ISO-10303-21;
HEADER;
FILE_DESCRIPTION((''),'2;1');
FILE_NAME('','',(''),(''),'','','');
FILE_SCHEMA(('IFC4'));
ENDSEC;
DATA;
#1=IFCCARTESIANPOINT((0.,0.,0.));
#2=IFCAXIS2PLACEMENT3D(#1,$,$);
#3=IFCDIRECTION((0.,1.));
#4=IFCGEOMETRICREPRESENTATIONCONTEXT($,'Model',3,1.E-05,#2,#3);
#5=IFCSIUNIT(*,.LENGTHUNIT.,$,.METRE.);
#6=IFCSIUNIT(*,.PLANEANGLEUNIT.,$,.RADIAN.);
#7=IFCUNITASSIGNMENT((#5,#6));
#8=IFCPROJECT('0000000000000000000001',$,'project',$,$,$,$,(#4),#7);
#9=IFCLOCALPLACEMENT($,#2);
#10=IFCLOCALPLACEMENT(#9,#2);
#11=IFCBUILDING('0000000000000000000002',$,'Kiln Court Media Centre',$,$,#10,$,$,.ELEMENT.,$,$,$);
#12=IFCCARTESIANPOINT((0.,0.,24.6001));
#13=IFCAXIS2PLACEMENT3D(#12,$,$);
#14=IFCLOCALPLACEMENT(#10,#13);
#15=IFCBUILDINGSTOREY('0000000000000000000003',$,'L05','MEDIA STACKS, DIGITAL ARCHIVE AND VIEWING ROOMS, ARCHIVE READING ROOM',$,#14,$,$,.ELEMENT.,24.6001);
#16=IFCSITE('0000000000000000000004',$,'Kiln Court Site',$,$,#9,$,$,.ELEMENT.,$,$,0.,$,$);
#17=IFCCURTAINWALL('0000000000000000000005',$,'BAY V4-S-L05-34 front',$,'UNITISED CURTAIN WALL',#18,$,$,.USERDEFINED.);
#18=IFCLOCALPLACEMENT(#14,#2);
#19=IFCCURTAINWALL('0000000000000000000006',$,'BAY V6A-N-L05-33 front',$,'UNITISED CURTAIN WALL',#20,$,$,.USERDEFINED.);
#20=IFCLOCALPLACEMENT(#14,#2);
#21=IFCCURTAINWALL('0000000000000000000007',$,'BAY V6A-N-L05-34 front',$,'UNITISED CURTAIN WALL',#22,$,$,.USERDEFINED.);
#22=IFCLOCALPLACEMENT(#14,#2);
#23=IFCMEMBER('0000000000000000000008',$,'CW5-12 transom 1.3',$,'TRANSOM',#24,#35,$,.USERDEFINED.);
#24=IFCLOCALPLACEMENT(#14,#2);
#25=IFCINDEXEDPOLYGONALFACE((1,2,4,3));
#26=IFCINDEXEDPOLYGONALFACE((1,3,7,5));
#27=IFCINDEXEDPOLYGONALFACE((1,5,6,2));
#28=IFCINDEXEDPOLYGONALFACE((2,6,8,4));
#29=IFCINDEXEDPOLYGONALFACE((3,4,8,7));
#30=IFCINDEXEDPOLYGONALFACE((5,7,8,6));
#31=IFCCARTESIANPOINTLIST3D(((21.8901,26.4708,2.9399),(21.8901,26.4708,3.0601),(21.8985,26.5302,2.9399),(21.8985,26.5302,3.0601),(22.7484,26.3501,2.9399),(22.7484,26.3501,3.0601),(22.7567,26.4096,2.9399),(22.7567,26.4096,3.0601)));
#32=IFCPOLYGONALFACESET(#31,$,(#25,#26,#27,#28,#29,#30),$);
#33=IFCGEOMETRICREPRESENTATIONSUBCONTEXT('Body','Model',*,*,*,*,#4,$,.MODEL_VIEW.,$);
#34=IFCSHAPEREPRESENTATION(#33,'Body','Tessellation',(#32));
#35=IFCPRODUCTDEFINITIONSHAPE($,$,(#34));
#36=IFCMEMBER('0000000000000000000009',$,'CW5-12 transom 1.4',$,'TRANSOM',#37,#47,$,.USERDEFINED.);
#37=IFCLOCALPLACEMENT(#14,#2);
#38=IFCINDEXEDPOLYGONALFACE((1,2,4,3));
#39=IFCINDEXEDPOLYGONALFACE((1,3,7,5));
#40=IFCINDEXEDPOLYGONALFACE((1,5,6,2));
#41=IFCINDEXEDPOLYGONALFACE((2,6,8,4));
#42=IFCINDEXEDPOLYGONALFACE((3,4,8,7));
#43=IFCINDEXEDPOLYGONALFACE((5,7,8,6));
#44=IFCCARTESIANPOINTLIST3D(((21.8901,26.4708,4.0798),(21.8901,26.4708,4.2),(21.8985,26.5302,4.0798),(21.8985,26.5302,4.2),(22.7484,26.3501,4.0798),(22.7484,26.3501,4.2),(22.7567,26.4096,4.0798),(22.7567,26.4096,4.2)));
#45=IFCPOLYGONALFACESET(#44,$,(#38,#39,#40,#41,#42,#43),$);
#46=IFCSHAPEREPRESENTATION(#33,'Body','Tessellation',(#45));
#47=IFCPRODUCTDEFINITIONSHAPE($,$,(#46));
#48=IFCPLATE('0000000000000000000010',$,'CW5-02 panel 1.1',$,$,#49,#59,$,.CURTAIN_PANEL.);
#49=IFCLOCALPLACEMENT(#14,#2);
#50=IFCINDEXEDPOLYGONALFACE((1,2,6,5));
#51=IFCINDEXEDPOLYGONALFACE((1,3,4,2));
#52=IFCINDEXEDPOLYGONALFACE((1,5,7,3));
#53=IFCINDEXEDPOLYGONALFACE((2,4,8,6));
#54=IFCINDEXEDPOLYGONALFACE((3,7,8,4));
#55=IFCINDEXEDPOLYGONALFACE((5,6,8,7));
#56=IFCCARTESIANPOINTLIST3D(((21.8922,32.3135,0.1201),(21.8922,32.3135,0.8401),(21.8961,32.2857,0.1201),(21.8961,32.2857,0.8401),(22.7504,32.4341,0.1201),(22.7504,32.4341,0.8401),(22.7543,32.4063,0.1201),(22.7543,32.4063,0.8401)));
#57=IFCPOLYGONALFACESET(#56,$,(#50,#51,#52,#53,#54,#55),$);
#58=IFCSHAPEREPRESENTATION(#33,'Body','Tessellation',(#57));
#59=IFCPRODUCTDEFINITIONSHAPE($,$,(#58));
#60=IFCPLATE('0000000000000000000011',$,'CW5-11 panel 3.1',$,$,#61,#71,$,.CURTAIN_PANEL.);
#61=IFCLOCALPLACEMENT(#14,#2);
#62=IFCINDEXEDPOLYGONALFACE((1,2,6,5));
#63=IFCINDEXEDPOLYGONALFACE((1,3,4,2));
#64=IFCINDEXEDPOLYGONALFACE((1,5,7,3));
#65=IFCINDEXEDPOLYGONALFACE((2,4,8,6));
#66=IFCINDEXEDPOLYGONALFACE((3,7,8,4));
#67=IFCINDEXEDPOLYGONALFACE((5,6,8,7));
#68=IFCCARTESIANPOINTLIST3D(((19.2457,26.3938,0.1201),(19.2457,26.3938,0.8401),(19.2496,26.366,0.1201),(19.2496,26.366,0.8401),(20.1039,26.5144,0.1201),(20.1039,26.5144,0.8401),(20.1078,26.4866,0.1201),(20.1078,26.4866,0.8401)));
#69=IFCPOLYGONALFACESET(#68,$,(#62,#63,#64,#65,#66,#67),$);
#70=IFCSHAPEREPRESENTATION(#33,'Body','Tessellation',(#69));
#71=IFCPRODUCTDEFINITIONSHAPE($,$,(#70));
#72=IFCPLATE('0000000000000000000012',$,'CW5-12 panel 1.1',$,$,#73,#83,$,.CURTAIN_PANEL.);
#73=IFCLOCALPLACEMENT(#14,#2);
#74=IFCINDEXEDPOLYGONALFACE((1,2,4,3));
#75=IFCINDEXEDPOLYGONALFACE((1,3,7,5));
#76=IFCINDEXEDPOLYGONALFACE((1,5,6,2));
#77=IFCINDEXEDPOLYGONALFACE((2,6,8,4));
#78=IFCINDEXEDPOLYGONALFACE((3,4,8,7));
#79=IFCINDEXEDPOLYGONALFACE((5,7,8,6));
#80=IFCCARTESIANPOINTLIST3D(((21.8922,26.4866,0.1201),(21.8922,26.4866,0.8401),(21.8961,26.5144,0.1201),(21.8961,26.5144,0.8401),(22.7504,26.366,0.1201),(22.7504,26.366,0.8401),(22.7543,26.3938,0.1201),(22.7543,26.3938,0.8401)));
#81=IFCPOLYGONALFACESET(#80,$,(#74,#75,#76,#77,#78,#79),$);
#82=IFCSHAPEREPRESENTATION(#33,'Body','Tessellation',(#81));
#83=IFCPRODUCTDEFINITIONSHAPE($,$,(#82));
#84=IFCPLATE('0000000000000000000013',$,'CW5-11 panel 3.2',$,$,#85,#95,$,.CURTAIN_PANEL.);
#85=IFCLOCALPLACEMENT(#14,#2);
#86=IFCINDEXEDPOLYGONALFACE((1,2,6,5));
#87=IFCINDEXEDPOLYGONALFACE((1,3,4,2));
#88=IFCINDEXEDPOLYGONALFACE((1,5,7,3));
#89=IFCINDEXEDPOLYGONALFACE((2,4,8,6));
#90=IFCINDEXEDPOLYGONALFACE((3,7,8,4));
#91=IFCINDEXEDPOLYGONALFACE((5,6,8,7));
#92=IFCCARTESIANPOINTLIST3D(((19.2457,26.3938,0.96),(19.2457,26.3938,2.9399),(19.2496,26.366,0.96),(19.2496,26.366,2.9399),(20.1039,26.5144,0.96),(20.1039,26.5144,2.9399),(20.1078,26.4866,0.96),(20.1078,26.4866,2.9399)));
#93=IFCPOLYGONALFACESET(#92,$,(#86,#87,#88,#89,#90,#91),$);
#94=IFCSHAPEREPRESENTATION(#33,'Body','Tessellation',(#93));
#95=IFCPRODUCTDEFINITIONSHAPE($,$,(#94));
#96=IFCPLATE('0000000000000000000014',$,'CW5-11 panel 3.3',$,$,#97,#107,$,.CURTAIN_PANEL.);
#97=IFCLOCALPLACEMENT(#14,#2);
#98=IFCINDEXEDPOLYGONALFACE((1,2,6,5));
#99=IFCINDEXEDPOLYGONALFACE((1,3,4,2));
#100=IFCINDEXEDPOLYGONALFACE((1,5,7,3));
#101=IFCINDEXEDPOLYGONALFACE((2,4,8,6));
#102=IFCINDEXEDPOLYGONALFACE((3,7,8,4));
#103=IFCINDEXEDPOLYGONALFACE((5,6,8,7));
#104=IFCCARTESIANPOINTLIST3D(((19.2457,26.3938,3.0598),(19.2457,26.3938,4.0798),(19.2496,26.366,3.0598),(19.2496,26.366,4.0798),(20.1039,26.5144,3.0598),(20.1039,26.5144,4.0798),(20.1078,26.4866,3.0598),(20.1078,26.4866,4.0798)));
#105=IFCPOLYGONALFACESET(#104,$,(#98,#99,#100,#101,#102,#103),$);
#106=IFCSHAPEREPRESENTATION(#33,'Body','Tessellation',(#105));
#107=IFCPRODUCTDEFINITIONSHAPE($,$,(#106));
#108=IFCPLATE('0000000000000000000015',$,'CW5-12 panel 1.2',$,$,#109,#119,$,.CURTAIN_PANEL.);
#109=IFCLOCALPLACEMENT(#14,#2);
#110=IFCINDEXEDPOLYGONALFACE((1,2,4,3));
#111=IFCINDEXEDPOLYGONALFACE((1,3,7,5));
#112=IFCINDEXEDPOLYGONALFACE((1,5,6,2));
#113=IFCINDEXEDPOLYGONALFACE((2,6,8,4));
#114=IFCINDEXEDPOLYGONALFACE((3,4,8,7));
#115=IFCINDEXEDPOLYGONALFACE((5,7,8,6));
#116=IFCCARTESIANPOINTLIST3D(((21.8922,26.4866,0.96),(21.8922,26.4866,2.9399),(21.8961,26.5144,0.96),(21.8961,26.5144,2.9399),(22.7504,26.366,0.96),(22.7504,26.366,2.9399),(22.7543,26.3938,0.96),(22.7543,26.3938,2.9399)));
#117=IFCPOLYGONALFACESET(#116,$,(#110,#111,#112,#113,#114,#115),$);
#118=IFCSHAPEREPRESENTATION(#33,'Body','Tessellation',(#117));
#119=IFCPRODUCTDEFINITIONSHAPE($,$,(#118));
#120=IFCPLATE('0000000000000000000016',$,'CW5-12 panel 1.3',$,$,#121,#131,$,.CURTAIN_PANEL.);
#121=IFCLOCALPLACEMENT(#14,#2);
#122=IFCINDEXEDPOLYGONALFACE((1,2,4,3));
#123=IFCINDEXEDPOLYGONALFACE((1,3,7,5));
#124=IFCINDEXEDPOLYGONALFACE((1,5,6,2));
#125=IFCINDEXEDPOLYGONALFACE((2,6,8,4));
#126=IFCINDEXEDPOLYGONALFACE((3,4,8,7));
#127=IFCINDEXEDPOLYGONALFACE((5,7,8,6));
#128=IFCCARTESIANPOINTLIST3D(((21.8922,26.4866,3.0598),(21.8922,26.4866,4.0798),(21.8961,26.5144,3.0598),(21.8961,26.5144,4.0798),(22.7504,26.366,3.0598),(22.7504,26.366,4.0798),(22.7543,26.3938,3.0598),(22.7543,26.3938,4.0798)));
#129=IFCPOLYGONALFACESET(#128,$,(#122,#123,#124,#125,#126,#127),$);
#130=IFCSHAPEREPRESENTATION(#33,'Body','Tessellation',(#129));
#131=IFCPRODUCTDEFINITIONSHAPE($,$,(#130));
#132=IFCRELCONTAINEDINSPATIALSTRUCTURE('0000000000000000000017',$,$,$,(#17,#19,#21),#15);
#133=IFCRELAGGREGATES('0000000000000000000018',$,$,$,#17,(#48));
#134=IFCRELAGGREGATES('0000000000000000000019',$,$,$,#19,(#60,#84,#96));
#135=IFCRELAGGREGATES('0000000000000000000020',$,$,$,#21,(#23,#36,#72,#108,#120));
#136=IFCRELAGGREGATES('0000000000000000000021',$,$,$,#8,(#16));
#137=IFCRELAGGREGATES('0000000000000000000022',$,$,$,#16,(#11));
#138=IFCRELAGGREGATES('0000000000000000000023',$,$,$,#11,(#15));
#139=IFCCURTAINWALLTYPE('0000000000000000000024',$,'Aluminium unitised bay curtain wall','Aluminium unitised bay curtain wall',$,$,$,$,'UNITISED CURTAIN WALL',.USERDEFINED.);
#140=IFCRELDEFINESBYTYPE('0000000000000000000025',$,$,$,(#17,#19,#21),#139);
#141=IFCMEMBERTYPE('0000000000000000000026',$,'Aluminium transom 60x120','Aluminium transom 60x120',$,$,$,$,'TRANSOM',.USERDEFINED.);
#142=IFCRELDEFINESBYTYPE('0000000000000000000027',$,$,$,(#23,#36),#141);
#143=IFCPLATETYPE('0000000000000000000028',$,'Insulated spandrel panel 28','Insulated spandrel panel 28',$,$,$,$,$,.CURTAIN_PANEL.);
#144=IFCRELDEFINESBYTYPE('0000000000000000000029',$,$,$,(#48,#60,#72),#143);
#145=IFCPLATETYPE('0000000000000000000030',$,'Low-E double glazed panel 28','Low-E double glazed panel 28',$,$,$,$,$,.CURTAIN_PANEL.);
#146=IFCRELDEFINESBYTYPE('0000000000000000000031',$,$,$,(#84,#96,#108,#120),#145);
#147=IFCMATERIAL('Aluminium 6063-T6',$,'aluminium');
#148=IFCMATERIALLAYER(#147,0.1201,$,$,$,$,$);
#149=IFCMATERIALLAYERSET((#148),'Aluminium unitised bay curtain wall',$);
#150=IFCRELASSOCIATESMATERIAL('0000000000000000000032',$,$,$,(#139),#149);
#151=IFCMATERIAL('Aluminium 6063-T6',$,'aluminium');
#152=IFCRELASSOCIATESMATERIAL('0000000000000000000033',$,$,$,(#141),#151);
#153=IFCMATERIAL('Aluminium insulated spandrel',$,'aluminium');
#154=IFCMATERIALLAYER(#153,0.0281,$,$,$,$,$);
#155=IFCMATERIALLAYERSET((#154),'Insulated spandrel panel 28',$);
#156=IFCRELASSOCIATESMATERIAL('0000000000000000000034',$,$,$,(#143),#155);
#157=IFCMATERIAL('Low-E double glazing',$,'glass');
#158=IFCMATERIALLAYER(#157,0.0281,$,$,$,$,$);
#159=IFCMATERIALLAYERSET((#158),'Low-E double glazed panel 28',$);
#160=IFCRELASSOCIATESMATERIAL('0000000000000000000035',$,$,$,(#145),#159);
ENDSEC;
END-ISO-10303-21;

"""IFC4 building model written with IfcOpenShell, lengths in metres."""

from ifc_helpers import new_model, si_unit, direction, frame, origin, origin_2d, place, context, subcontext, project, spatial, rectangle, extrude, material, layer, layer_set, material_profile, profile_set, type_object, element, aggregate, save


model = new_model("IFC4")

# Units and contexts
model_context = context("Model", 3, precision=1e-05, world=origin(), true_north=direction((0.0, 1.0)))
body_context = subcontext(model_context, "Body", "Model", "MODEL_VIEW")
ifc_project = project(units=[si_unit("LENGTHUNIT", "METRE"), si_unit("PLANEANGLEUNIT", "RADIAN")], contexts=[model_context])

# Site, building, storey
site_placement = place(None, origin())
site = spatial("IfcSite", under=ifc_project, at=site_placement, Name="Kiln Court Site", CompositionType="ELEMENT", RefElevation=0.0)
building_placement = place(site_placement, origin())
building = spatial("IfcBuilding", under=site, at=building_placement, Name="Kiln Court Media Centre", CompositionType="ELEMENT")
storey_placement = place(building_placement, frame((0.0, 0.0, 24.6001)))
storey = spatial("IfcBuildingStorey", under=building, at=storey_placement, Name="L05", Description="MEDIA STACKS, DIGITAL ARCHIVE AND VIEWING ROOMS, ARCHIVE READING ROOM", CompositionType="ELEMENT", Elevation=24.6001)

# Curtain wall
ifc_material_1 = material(Name="Aluminium 6063-T6", Category="aluminium")
ifc_layer_1 = layer(ifc_material_1, 0.1201)
ifc_layer_set_1 = layer_set([ifc_layer_1], Name="Aluminium unitised bay curtain wall")
curtain_wall_type = type_object("IfcCurtainWallType", Name="Aluminium unitised bay curtain wall", Description="Aluminium unitised bay curtain wall", ElementType="UNITISED CURTAIN WALL", PredefinedType="USERDEFINED", material=ifc_layer_set_1)
curtain_wall_1_placement = place(storey_placement, origin())
curtain_wall_1 = element("IfcCurtainWall", 1, at=curtain_wall_1_placement, inside=storey, type_object=curtain_wall_type, Name="BAY V4-S-L05-34 front", ObjectType="UNITISED CURTAIN WALL", PredefinedType="USERDEFINED")

# Curtain wall
curtain_wall_2_placement = place(storey_placement, origin())
curtain_wall_2 = element("IfcCurtainWall", 2, at=curtain_wall_2_placement, inside=storey, type_object=curtain_wall_type, Name="BAY V6A-N-L05-33 front", ObjectType="UNITISED CURTAIN WALL", PredefinedType="USERDEFINED")

# Curtain wall
curtain_wall_3_placement = place(storey_placement, origin())
curtain_wall_3 = element("IfcCurtainWall", 3, at=curtain_wall_3_placement, inside=storey, type_object=curtain_wall_type, Name="BAY V6A-N-L05-34 front", ObjectType="UNITISED CURTAIN WALL", PredefinedType="USERDEFINED")

# Members
ifc_material_2 = material(Name="Aluminium 6063-T6", Category="aluminium")
ifc_material_profile_1 = material_profile(ifc_material_2, rectangle(XDim=0.0601, YDim=0.1201, at=origin_2d()), Name="Aluminium transom 60x120")
ifc_profile_set_1 = profile_set([ifc_material_profile_1], Name="Aluminium 6063-T6")
member_type_1 = type_object("IfcMemberType", Name="Aluminium transom 60x120", Description="Aluminium transom 60x120", ElementType="TRANSOM", PredefinedType="USERDEFINED", material=ifc_profile_set_1)
member_1_placement = place(storey_placement, frame((21.8943, 26.5005, 3.0), z_axis=(0.990268, -0.139173, 0.0), x_axis=(0.139173, 0.990268, 0.0)))
member_1 = element("IfcMember", 4, at=member_1_placement, type_object=member_type_1, Name="CW5-12 transom 1.3", ObjectType="TRANSOM", PredefinedType="USERDEFINED", context=body_context, shape_type="SweptSolid", body=[
    extrude(rectangle(XDim=0.0601, YDim=0.1201, at=origin_2d()), origin(), (0.0, 0.0, 1.0), 0.8667),
])
member_2_placement = place(storey_placement, frame((21.8943, 26.5005, 4.1399), z_axis=(0.990268, -0.139173, 0.0), x_axis=(0.139173, 0.990268, 0.0)))
member_2 = element("IfcMember", 5, at=member_2_placement, type_object=member_type_1, Name="CW5-12 transom 1.4", ObjectType="TRANSOM", PredefinedType="USERDEFINED", context=body_context, shape_type="SweptSolid", body=[
    extrude(rectangle(XDim=0.0601, YDim=0.1201, at=origin_2d()), origin(), (0.0, 0.0, 1.0), 0.8667),
])

# Plates
ifc_material_3 = material(Name="Aluminium insulated spandrel", Category="aluminium")
ifc_layer_2 = layer(ifc_material_3, 0.0281)
ifc_layer_set_2 = layer_set([ifc_layer_2], Name="Insulated spandrel panel 28")
plate_type_1 = type_object("IfcPlateType", Name="Insulated spandrel panel 28", Description="Insulated spandrel panel 28", PredefinedType="CURTAIN_PANEL", material=ifc_layer_set_2)
plate_1_placement = place(storey_placement, frame((22.3232, 32.3599, 0.1201), z_axis=(0.0, 0.0, 1.0), x_axis=(0.99027, 0.139162, 0.0)))
plate_1 = element("IfcPlate", 6, at=plate_1_placement, type_object=plate_type_1, Name="CW5-02 panel 1.1", PredefinedType="CURTAIN_PANEL", context=body_context, shape_type="SweptSolid", body=[
    extrude(rectangle(XDim=0.8667, YDim=0.0281, at=origin_2d()), origin(), (0.0, 0.0, 1.0), 0.72),
])
aggregate(curtain_wall_1, [plate_1])
plate_2_placement = place(storey_placement, frame((19.6768, 26.4402, 0.1201), z_axis=(0.0, 0.0, 1.0), x_axis=(0.99027, 0.139162, 0.0)))
plate_2 = element("IfcPlate", 7, at=plate_2_placement, type_object=plate_type_1, Name="CW5-11 panel 3.1", PredefinedType="CURTAIN_PANEL", context=body_context, shape_type="SweptSolid", body=[
    extrude(rectangle(XDim=0.8667, YDim=0.0281, at=origin_2d()), origin(), (0.0, 0.0, 1.0), 0.72),
])
plate_3_placement = place(storey_placement, frame((22.3232, 26.4402, 0.1201), z_axis=(0.0, 0.0, 1.0), x_axis=(0.99027, -0.139162, 0.0)))
plate_3 = element("IfcPlate", 8, at=plate_3_placement, type_object=plate_type_1, Name="CW5-12 panel 1.1", PredefinedType="CURTAIN_PANEL", context=body_context, shape_type="SweptSolid", body=[
    extrude(rectangle(XDim=0.8667, YDim=0.0281, at=origin_2d()), origin(), (0.0, 0.0, 1.0), 0.72),
])
ifc_material_4 = material(Name="Low-E double glazing", Category="glass")
ifc_layer_3 = layer(ifc_material_4, 0.0281)
ifc_layer_set_3 = layer_set([ifc_layer_3], Name="Low-E double glazed panel 28")
plate_type_2 = type_object("IfcPlateType", Name="Low-E double glazed panel 28", Description="Low-E double glazed panel 28", PredefinedType="CURTAIN_PANEL", material=ifc_layer_set_3)
plate_4_placement = place(storey_placement, frame((19.6768, 26.4402, 0.96), z_axis=(0.0, 0.0, 1.0), x_axis=(0.99027, 0.139162, 0.0)))
plate_4 = element("IfcPlate", 9, at=plate_4_placement, type_object=plate_type_2, Name="CW5-11 panel 3.2", PredefinedType="CURTAIN_PANEL", context=body_context, shape_type="SweptSolid", body=[
    extrude(rectangle(XDim=0.8667, YDim=0.0281, at=origin_2d()), origin(), (0.0, 0.0, 1.0), 1.98),
])
plate_5_placement = place(storey_placement, frame((19.6768, 26.4402, 3.0598), z_axis=(0.0, 0.0, 1.0), x_axis=(0.99027, 0.139162, 0.0)))
plate_5 = element("IfcPlate", 10, at=plate_5_placement, type_object=plate_type_2, Name="CW5-11 panel 3.3", PredefinedType="CURTAIN_PANEL", context=body_context, shape_type="SweptSolid", body=[
    extrude(rectangle(XDim=0.8667, YDim=0.0281, at=origin_2d()), origin(), (0.0, 0.0, 1.0), 1.02),
])
aggregate(curtain_wall_2, [plate_2, plate_4, plate_5])
plate_6_placement = place(storey_placement, frame((22.3232, 26.4402, 0.96), z_axis=(0.0, 0.0, 1.0), x_axis=(0.99027, -0.139162, 0.0)))
plate_6 = element("IfcPlate", 11, at=plate_6_placement, type_object=plate_type_2, Name="CW5-12 panel 1.2", PredefinedType="CURTAIN_PANEL", context=body_context, shape_type="SweptSolid", body=[
    extrude(rectangle(XDim=0.8667, YDim=0.0281, at=origin_2d()), origin(), (0.0, 0.0, 1.0), 1.98),
])
plate_7_placement = place(storey_placement, frame((22.3232, 26.4402, 3.0598), z_axis=(0.0, 0.0, 1.0), x_axis=(0.99027, -0.139162, 0.0)))
plate_7 = element("IfcPlate", 12, at=plate_7_placement, type_object=plate_type_2, Name="CW5-12 panel 1.3", PredefinedType="CURTAIN_PANEL", context=body_context, shape_type="SweptSolid", body=[
    extrude(rectangle(XDim=0.8667, YDim=0.0281, at=origin_2d()), origin(), (0.0, 0.0, 1.0), 1.02),
])
aggregate(curtain_wall_3, [member_1, member_2, plate_3, plate_6, plate_7])

save(model, "model.ifc")
